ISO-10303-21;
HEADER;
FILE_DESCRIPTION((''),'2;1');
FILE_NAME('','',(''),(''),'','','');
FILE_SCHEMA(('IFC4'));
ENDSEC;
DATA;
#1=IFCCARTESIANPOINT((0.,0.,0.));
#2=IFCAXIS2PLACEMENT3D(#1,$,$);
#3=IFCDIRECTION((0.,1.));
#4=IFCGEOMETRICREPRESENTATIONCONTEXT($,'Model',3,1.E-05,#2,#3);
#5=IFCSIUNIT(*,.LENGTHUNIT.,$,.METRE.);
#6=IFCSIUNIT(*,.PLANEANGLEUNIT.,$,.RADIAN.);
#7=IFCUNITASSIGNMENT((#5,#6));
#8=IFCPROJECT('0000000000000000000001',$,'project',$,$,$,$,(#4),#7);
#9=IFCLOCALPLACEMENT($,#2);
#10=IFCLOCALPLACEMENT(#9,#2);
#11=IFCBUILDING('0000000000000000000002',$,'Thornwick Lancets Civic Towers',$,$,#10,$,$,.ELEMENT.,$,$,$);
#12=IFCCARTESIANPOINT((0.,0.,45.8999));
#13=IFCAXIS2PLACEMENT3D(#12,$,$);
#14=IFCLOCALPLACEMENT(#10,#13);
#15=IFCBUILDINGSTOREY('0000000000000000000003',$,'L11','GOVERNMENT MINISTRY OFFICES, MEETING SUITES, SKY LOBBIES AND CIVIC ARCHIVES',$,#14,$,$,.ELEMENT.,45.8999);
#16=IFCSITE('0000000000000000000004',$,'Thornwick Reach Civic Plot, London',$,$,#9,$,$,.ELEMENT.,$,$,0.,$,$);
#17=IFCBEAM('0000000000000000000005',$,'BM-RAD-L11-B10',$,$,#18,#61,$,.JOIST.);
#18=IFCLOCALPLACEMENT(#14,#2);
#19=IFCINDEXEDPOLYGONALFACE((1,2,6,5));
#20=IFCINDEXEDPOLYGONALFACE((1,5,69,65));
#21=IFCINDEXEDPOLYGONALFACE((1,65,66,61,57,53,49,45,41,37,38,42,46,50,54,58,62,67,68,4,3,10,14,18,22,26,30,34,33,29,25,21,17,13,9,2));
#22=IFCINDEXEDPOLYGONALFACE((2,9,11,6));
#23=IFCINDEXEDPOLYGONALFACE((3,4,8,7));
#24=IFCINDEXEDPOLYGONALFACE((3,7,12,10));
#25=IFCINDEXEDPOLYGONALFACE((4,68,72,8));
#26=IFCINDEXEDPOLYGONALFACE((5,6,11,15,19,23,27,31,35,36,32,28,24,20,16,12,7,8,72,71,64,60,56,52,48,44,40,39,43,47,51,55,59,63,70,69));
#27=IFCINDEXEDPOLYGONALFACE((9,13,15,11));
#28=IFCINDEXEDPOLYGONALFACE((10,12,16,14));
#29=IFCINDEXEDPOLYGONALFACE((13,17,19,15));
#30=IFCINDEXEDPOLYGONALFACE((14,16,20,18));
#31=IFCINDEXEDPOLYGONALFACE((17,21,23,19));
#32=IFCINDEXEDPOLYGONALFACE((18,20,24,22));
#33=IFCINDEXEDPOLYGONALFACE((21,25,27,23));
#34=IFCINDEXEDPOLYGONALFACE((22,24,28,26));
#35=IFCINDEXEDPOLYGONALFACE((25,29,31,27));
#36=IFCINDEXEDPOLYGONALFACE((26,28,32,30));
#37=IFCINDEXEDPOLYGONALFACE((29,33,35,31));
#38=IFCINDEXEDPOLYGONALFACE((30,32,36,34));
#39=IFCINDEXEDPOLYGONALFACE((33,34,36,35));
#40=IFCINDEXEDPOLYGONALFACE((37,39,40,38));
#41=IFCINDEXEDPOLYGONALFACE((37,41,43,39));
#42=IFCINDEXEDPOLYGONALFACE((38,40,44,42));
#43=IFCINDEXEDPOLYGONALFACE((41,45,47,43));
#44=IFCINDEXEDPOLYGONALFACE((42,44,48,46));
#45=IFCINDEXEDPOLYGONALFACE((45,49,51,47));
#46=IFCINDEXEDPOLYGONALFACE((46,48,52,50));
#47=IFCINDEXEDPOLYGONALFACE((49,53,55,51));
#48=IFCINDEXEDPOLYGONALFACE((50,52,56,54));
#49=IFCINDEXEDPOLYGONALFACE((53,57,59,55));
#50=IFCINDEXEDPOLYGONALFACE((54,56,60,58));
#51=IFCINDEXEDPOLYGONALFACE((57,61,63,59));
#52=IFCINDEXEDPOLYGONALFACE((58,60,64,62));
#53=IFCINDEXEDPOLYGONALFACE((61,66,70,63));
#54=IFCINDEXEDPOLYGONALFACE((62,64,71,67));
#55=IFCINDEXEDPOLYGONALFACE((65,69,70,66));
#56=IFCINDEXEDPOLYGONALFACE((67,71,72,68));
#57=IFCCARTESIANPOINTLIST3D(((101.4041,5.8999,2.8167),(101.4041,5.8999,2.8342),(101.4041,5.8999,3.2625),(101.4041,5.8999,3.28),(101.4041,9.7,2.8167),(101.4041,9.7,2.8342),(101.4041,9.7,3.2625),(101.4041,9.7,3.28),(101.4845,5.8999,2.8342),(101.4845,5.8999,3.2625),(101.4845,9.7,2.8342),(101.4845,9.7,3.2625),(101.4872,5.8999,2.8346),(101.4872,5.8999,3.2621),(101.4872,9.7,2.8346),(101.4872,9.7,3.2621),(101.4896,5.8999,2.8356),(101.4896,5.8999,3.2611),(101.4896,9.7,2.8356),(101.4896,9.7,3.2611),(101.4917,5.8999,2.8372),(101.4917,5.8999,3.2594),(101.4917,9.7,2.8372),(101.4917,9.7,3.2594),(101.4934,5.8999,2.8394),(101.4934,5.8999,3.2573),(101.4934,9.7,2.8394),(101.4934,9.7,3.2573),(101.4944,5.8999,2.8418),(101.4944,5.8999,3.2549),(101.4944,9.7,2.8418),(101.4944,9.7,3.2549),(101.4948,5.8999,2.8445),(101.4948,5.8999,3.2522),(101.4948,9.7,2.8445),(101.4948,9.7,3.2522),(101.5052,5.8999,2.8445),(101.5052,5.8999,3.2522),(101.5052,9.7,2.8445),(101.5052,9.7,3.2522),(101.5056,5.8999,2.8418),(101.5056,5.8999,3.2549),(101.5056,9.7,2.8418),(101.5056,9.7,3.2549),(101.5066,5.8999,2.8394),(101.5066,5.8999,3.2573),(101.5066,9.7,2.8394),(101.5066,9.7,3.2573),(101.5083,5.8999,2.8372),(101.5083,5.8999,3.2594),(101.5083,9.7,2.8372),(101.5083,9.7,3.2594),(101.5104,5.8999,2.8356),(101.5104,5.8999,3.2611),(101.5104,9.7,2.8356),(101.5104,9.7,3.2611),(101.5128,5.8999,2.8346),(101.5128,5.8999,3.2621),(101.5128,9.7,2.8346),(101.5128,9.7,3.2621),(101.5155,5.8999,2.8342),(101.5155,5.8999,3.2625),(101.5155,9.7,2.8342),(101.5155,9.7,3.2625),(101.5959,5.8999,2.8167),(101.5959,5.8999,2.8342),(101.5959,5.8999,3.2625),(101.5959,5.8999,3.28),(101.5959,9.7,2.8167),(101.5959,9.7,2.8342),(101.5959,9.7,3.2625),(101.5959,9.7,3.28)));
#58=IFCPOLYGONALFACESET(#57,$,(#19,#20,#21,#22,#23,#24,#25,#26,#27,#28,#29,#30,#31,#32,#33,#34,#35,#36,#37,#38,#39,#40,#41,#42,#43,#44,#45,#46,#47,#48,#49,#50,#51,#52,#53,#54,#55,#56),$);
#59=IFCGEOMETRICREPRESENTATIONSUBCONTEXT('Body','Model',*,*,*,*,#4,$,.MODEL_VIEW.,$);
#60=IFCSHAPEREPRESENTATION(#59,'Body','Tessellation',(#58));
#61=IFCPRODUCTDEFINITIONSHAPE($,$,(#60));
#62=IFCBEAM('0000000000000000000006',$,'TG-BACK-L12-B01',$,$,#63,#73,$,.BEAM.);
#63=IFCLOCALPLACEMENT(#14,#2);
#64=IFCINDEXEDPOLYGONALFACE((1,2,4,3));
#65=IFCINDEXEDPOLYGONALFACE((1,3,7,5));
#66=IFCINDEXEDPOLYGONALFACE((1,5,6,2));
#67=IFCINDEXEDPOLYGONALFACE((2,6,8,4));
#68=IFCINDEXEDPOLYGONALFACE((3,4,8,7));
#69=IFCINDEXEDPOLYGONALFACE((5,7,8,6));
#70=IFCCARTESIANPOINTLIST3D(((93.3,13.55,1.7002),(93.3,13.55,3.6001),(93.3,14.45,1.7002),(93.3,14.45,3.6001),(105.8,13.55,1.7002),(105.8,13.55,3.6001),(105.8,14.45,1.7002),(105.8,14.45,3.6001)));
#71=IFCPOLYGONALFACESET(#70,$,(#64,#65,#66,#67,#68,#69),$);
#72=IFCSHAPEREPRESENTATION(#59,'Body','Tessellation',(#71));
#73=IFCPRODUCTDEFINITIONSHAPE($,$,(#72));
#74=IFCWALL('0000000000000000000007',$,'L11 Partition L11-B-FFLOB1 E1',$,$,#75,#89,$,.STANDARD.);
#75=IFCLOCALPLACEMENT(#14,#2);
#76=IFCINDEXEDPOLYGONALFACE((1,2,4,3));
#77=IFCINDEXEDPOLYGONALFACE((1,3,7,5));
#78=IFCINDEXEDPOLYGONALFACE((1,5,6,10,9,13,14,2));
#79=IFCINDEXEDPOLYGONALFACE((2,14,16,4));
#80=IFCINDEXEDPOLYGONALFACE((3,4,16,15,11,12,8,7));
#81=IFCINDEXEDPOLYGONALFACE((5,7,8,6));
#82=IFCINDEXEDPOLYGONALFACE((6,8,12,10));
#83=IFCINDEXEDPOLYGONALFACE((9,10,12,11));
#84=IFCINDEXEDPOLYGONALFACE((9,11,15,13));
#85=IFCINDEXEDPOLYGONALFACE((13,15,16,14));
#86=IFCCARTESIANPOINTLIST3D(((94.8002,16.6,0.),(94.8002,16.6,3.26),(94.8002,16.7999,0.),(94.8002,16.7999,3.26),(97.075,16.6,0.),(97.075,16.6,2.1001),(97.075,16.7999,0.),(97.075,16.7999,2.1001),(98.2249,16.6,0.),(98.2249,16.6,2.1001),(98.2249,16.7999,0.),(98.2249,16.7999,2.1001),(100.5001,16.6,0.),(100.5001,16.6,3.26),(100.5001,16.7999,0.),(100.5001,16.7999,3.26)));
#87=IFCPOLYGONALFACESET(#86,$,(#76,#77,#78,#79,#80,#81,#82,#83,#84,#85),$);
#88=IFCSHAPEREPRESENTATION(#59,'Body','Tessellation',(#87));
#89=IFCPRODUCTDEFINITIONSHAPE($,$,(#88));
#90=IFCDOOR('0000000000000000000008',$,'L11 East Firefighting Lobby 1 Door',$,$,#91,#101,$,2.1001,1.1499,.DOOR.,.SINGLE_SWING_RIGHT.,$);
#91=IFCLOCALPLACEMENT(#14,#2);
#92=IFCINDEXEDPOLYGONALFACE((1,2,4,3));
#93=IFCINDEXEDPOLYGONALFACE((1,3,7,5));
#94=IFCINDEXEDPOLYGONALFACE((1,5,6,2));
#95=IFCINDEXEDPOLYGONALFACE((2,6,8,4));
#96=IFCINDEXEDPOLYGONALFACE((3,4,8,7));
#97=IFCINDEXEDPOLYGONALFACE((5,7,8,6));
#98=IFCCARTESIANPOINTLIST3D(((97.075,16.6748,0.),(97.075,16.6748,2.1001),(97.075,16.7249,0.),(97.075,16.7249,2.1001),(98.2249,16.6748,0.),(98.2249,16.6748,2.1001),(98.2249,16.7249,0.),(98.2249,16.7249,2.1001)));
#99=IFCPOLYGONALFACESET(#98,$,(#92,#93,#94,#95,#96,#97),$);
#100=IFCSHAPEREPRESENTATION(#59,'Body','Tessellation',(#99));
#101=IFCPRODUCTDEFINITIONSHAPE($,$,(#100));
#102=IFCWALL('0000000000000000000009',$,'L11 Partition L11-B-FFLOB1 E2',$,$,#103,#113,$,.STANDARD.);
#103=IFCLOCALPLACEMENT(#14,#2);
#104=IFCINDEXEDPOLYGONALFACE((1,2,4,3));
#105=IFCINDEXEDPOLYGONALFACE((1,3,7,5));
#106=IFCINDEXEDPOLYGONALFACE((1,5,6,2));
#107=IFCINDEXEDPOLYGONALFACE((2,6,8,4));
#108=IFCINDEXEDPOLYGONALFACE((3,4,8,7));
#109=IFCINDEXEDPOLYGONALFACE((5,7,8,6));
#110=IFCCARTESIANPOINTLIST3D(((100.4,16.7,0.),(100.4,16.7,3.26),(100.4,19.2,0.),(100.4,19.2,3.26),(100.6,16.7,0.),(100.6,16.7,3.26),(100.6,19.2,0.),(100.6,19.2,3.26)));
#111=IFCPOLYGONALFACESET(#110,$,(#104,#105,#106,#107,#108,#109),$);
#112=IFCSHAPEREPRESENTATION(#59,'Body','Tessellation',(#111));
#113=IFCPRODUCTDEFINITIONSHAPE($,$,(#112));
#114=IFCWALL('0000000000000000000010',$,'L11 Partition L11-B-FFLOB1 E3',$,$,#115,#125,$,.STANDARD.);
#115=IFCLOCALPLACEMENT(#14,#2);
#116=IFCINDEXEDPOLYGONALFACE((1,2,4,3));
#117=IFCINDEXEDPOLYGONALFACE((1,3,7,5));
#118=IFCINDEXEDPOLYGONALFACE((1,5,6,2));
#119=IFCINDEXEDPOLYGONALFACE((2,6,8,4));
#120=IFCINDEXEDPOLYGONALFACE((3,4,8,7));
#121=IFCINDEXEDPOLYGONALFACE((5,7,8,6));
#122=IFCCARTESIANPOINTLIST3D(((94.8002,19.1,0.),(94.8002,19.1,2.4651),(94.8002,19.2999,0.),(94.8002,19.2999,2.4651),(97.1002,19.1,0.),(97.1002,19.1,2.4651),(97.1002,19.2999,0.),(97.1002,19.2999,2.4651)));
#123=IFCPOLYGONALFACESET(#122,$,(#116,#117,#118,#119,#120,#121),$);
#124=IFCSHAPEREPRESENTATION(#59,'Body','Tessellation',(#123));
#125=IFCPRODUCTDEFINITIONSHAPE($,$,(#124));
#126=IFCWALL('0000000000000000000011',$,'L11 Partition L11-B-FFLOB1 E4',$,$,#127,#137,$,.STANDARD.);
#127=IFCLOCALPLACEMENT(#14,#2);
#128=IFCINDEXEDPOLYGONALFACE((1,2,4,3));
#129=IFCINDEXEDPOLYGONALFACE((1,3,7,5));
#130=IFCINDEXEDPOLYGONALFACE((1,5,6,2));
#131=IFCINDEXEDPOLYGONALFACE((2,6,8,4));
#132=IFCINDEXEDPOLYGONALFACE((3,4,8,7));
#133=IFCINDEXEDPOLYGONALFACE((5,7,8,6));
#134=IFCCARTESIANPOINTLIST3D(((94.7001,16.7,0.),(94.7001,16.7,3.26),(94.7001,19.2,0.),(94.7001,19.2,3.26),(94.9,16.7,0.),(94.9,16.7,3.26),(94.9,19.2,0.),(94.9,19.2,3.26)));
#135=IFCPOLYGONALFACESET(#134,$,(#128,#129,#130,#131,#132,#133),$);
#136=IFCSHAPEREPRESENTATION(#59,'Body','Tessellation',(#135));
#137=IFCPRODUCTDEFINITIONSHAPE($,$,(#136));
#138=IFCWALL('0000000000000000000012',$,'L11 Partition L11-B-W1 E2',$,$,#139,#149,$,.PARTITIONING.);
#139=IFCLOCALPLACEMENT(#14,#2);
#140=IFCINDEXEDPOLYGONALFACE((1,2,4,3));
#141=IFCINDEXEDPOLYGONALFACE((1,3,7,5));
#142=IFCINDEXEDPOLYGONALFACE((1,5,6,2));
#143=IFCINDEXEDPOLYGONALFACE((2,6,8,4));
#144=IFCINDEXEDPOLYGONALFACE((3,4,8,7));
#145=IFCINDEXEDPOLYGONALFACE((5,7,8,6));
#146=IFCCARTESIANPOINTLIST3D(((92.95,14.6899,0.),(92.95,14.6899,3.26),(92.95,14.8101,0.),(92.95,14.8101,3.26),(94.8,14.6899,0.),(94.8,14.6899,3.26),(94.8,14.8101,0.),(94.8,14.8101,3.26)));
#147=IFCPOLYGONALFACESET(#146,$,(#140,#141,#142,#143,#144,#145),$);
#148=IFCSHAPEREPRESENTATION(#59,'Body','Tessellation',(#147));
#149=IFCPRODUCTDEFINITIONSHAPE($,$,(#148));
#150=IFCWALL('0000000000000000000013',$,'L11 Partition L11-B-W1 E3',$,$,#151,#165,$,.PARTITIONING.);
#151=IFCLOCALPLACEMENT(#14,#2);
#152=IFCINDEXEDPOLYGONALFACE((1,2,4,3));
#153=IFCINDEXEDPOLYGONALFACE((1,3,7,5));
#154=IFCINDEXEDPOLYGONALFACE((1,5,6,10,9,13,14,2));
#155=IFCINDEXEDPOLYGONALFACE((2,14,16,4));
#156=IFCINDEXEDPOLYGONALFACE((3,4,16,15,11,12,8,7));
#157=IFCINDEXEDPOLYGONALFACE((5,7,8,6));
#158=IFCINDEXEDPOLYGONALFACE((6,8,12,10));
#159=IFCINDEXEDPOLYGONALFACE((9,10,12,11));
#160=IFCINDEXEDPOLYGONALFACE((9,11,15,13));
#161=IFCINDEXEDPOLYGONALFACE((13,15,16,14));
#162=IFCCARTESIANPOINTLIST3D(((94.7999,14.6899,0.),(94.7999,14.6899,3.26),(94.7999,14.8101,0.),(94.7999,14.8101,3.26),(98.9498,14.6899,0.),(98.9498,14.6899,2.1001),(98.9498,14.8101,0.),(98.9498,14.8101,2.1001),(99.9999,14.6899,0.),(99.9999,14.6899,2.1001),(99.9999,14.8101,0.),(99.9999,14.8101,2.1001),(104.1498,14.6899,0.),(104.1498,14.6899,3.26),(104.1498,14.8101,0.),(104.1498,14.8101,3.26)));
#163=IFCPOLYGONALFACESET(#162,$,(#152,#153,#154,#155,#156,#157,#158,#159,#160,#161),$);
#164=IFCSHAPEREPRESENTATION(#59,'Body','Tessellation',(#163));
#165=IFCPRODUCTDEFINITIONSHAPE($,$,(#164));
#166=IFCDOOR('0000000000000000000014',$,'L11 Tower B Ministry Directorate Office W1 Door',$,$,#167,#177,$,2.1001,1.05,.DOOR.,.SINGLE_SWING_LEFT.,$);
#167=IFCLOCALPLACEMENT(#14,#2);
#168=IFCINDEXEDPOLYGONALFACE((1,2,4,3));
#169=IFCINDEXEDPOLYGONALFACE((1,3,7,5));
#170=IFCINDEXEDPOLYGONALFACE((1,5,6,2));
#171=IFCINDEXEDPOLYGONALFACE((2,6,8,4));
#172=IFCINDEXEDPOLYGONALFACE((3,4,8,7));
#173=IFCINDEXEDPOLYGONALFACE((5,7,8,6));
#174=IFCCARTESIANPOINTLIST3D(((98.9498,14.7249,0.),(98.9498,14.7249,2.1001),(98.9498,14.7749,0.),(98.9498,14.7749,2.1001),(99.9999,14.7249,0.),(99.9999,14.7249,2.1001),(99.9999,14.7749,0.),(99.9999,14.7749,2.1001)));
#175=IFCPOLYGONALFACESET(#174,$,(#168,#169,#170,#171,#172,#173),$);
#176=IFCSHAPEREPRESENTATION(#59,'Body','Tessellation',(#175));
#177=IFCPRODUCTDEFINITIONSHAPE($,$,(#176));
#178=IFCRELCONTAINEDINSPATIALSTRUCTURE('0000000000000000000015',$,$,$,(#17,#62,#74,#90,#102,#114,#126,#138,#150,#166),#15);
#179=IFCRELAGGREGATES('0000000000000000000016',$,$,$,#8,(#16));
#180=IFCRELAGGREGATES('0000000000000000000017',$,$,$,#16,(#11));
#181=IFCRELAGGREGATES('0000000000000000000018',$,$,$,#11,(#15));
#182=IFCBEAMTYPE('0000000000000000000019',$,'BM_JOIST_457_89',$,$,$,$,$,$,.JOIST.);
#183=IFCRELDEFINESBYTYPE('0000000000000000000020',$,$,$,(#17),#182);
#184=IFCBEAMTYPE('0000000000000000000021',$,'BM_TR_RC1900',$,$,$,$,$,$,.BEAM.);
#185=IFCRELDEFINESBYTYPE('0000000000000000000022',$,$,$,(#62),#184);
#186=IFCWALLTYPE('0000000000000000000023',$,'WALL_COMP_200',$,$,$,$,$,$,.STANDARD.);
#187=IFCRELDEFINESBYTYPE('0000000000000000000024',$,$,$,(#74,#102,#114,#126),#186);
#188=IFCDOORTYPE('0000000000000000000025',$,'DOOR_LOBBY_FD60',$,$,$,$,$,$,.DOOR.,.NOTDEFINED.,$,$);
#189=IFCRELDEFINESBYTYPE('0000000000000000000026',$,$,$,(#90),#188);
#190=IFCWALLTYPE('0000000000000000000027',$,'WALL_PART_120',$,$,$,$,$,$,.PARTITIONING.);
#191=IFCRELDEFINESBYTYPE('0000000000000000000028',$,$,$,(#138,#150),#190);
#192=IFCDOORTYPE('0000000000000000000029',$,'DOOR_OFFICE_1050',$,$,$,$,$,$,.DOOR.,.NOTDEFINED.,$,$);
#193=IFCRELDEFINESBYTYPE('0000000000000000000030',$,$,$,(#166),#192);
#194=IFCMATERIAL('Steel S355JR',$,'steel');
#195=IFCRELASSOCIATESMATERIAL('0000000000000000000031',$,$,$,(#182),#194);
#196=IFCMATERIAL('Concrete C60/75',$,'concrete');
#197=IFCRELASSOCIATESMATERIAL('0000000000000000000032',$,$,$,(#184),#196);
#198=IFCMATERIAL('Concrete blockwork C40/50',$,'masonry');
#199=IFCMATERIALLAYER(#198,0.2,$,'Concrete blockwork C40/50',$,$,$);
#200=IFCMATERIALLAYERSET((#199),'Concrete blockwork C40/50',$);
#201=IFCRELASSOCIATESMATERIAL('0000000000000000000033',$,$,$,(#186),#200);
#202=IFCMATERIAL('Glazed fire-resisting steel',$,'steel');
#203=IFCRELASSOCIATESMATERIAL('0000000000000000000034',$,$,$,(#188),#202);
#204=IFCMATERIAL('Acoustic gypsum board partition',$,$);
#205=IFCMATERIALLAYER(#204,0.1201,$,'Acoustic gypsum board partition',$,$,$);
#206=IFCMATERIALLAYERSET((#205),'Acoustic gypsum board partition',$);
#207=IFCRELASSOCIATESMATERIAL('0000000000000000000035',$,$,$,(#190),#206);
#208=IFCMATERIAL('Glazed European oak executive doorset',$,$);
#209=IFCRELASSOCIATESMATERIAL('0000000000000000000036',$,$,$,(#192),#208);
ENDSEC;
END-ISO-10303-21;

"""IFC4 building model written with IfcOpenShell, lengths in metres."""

from ifc_helpers import new_model, si_unit, direction, frame, frame_2d, origin, origin_2d, place, context, subcontext, project, spatial, rectangle, i_section, extrude, material, layer, layer_set, material_profile, profile_set, type_object, element, fill, save


model = new_model("IFC4")

# Units and contexts
model_context = context("Model", 3, precision=1e-05, world=origin(), true_north=direction((0.0, 1.0)))
body_context = subcontext(model_context, "Body", "Model", "MODEL_VIEW")
ifc_project = project(units=[si_unit("LENGTHUNIT", "METRE"), si_unit("PLANEANGLEUNIT", "RADIAN")], contexts=[model_context])

# Site, building, storey
site_placement = place(None, origin())
site = spatial("IfcSite", under=ifc_project, at=site_placement, Name="Thornwick Reach Civic Plot, London", CompositionType="ELEMENT", RefElevation=0.0)
building_placement = place(site_placement, origin())
building = spatial("IfcBuilding", under=site, at=building_placement, Name="Thornwick Lancets Civic Towers", CompositionType="ELEMENT")
storey_placement = place(building_placement, frame((0.0, 0.0, 45.8999)))
storey = spatial("IfcBuildingStorey", under=building, at=storey_placement, Name="L11", Description="GOVERNMENT MINISTRY OFFICES, MEETING SUITES, SKY LOBBIES AND CIVIC ARCHIVES", CompositionType="ELEMENT", Elevation=45.8999)

# Shared definitions
ifc_material_1 = material(Name="Concrete C60/75", Category="concrete")

# Beams
ifc_material_2 = material(Name="Steel S355JR", Category="steel")
ifc_material_profile_1 = material_profile(ifc_material_2, i_section(OverallWidth=0.1919, OverallDepth=0.4634, WebThickness=0.0105, FlangeThickness=0.0176, FilletRadius=0.0103, at=origin_2d()), Name="UKB 457x191x89")
ifc_profile_set_1 = profile_set([ifc_material_profile_1], Name="Steel S355JR")
beam_type_1 = type_object("IfcBeamType", Name="BM_JOIST_457_89", PredefinedType="JOIST", material=ifc_profile_set_1)
beam_1_placement = place(storey_placement, frame((101.5, 9.7, 3.0483), z_axis=(0.0, -1.0, 0.0), x_axis=(1.0, 0.0, 0.0)))
element("IfcBeam", 1, at=beam_1_placement, inside=storey, type_object=beam_type_1, Name="BM-RAD-L11-B10", PredefinedType="JOIST", context=body_context, shape_type="SweptSolid", body=[
    extrude(i_section(OverallWidth=0.1919, OverallDepth=0.4634, WebThickness=0.0105, FlangeThickness=0.0176, FilletRadius=0.0103, at=origin_2d()), origin(), (0.0, 0.0, 1.0), 3.8),
])
ifc_material_profile_2 = material_profile(ifc_material_1, rectangle(XDim=0.8999, YDim=1.8999, at=origin_2d()), Name="RC 900x1900")
ifc_profile_set_2 = profile_set([ifc_material_profile_2], Name="Concrete C60/75")
beam_type_2 = type_object("IfcBeamType", Name="BM_TR_RC1900", PredefinedType="BEAM", material=ifc_profile_set_2)
beam_2_placement = place(storey_placement, frame((93.3, 14.0, 2.6501), z_axis=(1.0, 0.0, 0.0), x_axis=(0.0, 1.0, 0.0)))
element("IfcBeam", 2, at=beam_2_placement, inside=storey, type_object=beam_type_2, Name="TG-BACK-L12-B01", PredefinedType="BEAM", context=body_context, shape_type="SweptSolid", body=[
    extrude(rectangle(XDim=0.8999, YDim=1.8999, at=origin_2d()), origin(), (0.0, 0.0, 1.0), 12.5),
])

# Wall, opening, door
ifc_material_3 = material(Name="Concrete blockwork C40/50", Category="masonry")
ifc_layer_1 = layer(ifc_material_3, 0.2, Name="Concrete blockwork C40/50")
ifc_layer_set_1 = layer_set([ifc_layer_1], Name="Concrete blockwork C40/50")
wall_type_1 = type_object("IfcWallType", Name="WALL_COMP_200", PredefinedType="STANDARD", material=ifc_layer_set_1)
wall_1_placement = place(storey_placement, frame((94.8, 16.7, 0.0), z_axis=(0.0, 0.0, 1.0), x_axis=(1.0, 0.0, 0.0)))
wall_1 = element("IfcWall", 3, at=wall_1_placement, inside=storey, type_object=wall_type_1, Name="L11 Partition L11-B-FFLOB1 E1", PredefinedType="STANDARD", context=body_context, shape_type="SweptSolid", body=[
    extrude(rectangle(XDim=5.7, YDim=0.2, at=frame_2d((2.8501, 0.0))), origin(), (0.0, 0.0, 1.0), 3.26),
])
opening_1_placement = place(wall_1_placement, frame((2.2749, 0.0, 0.0)))
opening_1 = element("IfcOpeningElement", 4, at=opening_1_placement, cuts=wall_1, PredefinedType="OPENING", context=body_context, shape_type="SweptSolid", body=[
    extrude(rectangle(XDim=1.1499, YDim=2.1001, at=frame_2d((0.575, 1.05))), frame((0.0, 0.1099, 0.0), z_axis=(0.0, -1.0, 0.0), x_axis=(1.0, 0.0, 0.0)), (0.0, 0.0, 1.0), 0.22),
])
ifc_material_4 = material(Name="Glazed fire-resisting steel", Category="steel")
door_type_1 = type_object("IfcDoorType", Name="DOOR_LOBBY_FD60", OperationType="NOTDEFINED", PredefinedType="DOOR", material=ifc_material_4)
door_1_placement = place(opening_1_placement, origin())
door_1 = element("IfcDoor", 5, at=door_1_placement, inside=storey, type_object=door_type_1, Name="L11 East Firefighting Lobby 1 Door", OperationType="SINGLE_SWING_RIGHT", OverallHeight=2.1001, OverallWidth=1.1499, PredefinedType="DOOR", context=body_context, shape_type="SweptSolid", body=[
    extrude(rectangle(XDim=1.1499, YDim=2.1001, at=frame_2d((0.575, 1.05))), frame((0.0, 0.0249, 0.0), z_axis=(0.0, -1.0, 0.0), x_axis=(1.0, 0.0, 0.0)), (0.0, 0.0, 1.0), 0.05),
])
fill(opening_1, door_1)

# Walls
wall_2_placement = place(storey_placement, frame((100.5, 16.7, 0.0), z_axis=(0.0, 0.0, 1.0), x_axis=(0.0, 1.0, 0.0)))
element("IfcWall", 6, at=wall_2_placement, inside=storey, type_object=wall_type_1, Name="L11 Partition L11-B-FFLOB1 E2", PredefinedType="STANDARD", context=body_context, shape_type="SweptSolid", body=[
    extrude(rectangle(XDim=2.5, YDim=0.2, at=frame_2d((1.25, 0.0))), origin(), (0.0, 0.0, 1.0), 3.26),
])
wall_3_placement = place(storey_placement, frame((97.1001, 19.2, 0.0), z_axis=(0.0, 0.0, 1.0), x_axis=(-1.0, 0.0, 0.0)))
element("IfcWall", 7, at=wall_3_placement, inside=storey, type_object=wall_type_1, Name="L11 Partition L11-B-FFLOB1 E3", PredefinedType="STANDARD", context=body_context, shape_type="SweptSolid", body=[
    extrude(rectangle(XDim=2.3, YDim=0.2, at=frame_2d((1.1499, 0.0))), origin(), (0.0, 0.0, 1.0), 2.4651),
])
wall_4_placement = place(storey_placement, frame((94.8, 19.2, 0.0), z_axis=(0.0, 0.0, 1.0), x_axis=(0.0, -1.0, 0.0)))
element("IfcWall", 8, at=wall_4_placement, inside=storey, type_object=wall_type_1, Name="L11 Partition L11-B-FFLOB1 E4", PredefinedType="STANDARD", context=body_context, shape_type="SweptSolid", body=[
    extrude(rectangle(XDim=2.5, YDim=0.2, at=frame_2d((1.25, 0.0))), origin(), (0.0, 0.0, 1.0), 3.26),
])
ifc_material_5 = material(Name="Acoustic gypsum board partition")
ifc_layer_2 = layer(ifc_material_5, 0.1201, Name="Acoustic gypsum board partition")
ifc_layer_set_2 = layer_set([ifc_layer_2], Name="Acoustic gypsum board partition")
wall_type_2 = type_object("IfcWallType", Name="WALL_PART_120", PredefinedType="PARTITIONING", material=ifc_layer_set_2)
wall_5_placement = place(storey_placement, frame((92.95, 14.75, 0.0), z_axis=(0.0, 0.0, 1.0), x_axis=(1.0, 0.0, 0.0)))
element("IfcWall", 9, at=wall_5_placement, inside=storey, type_object=wall_type_2, Name="L11 Partition L11-B-W1 E2", PredefinedType="PARTITIONING", context=body_context, shape_type="SweptSolid", body=[
    extrude(rectangle(XDim=1.8501, YDim=0.1201, at=frame_2d((0.925, 0.0))), origin(), (0.0, 0.0, 1.0), 3.26),
])

# Wall, opening, door
wall_6_placement = place(storey_placement, frame((94.8, 14.75, 0.0), z_axis=(0.0, 0.0, 1.0), x_axis=(1.0, 0.0, 0.0)))
wall_6 = element("IfcWall", 10, at=wall_6_placement, inside=storey, type_object=wall_type_2, Name="L11 Partition L11-B-W1 E3", PredefinedType="PARTITIONING", context=body_context, shape_type="SweptSolid", body=[
    extrude(rectangle(XDim=9.3499, YDim=0.1201, at=frame_2d((4.6748, 0.0))), origin(), (0.0, 0.0, 1.0), 3.26),
])
opening_2_placement = place(wall_6_placement, frame((4.1499, 0.0, 0.0)))
opening_2 = element("IfcOpeningElement", 11, at=opening_2_placement, cuts=wall_6, PredefinedType="OPENING", context=body_context, shape_type="SweptSolid", body=[
    extrude(rectangle(XDim=1.05, YDim=2.1001, at=frame_2d((0.5249, 1.05))), frame((0.0, 0.0701, 0.0), z_axis=(0.0, -1.0, 0.0), x_axis=(1.0, 0.0, 0.0)), (0.0, 0.0, 1.0), 0.1401),
])
ifc_material_6 = material(Name="Glazed European oak executive doorset")
door_type_2 = type_object("IfcDoorType", Name="DOOR_OFFICE_1050", OperationType="NOTDEFINED", PredefinedType="DOOR", material=ifc_material_6)
door_2_placement = place(opening_2_placement, origin())
door_2 = element("IfcDoor", 12, at=door_2_placement, inside=storey, type_object=door_type_2, Name="L11 Tower B Ministry Directorate Office W1 Door", OperationType="SINGLE_SWING_LEFT", OverallHeight=2.1001, OverallWidth=1.05, PredefinedType="DOOR", context=body_context, shape_type="SweptSolid", body=[
    extrude(rectangle(XDim=1.05, YDim=2.1001, at=frame_2d((0.5249, 1.05))), frame((0.0, 0.0249, 0.0), z_axis=(0.0, -1.0, 0.0), x_axis=(1.0, 0.0, 0.0)), (0.0, 0.0, 1.0), 0.05),
])
fill(opening_2, door_2)

save(model, "model.ifc")
